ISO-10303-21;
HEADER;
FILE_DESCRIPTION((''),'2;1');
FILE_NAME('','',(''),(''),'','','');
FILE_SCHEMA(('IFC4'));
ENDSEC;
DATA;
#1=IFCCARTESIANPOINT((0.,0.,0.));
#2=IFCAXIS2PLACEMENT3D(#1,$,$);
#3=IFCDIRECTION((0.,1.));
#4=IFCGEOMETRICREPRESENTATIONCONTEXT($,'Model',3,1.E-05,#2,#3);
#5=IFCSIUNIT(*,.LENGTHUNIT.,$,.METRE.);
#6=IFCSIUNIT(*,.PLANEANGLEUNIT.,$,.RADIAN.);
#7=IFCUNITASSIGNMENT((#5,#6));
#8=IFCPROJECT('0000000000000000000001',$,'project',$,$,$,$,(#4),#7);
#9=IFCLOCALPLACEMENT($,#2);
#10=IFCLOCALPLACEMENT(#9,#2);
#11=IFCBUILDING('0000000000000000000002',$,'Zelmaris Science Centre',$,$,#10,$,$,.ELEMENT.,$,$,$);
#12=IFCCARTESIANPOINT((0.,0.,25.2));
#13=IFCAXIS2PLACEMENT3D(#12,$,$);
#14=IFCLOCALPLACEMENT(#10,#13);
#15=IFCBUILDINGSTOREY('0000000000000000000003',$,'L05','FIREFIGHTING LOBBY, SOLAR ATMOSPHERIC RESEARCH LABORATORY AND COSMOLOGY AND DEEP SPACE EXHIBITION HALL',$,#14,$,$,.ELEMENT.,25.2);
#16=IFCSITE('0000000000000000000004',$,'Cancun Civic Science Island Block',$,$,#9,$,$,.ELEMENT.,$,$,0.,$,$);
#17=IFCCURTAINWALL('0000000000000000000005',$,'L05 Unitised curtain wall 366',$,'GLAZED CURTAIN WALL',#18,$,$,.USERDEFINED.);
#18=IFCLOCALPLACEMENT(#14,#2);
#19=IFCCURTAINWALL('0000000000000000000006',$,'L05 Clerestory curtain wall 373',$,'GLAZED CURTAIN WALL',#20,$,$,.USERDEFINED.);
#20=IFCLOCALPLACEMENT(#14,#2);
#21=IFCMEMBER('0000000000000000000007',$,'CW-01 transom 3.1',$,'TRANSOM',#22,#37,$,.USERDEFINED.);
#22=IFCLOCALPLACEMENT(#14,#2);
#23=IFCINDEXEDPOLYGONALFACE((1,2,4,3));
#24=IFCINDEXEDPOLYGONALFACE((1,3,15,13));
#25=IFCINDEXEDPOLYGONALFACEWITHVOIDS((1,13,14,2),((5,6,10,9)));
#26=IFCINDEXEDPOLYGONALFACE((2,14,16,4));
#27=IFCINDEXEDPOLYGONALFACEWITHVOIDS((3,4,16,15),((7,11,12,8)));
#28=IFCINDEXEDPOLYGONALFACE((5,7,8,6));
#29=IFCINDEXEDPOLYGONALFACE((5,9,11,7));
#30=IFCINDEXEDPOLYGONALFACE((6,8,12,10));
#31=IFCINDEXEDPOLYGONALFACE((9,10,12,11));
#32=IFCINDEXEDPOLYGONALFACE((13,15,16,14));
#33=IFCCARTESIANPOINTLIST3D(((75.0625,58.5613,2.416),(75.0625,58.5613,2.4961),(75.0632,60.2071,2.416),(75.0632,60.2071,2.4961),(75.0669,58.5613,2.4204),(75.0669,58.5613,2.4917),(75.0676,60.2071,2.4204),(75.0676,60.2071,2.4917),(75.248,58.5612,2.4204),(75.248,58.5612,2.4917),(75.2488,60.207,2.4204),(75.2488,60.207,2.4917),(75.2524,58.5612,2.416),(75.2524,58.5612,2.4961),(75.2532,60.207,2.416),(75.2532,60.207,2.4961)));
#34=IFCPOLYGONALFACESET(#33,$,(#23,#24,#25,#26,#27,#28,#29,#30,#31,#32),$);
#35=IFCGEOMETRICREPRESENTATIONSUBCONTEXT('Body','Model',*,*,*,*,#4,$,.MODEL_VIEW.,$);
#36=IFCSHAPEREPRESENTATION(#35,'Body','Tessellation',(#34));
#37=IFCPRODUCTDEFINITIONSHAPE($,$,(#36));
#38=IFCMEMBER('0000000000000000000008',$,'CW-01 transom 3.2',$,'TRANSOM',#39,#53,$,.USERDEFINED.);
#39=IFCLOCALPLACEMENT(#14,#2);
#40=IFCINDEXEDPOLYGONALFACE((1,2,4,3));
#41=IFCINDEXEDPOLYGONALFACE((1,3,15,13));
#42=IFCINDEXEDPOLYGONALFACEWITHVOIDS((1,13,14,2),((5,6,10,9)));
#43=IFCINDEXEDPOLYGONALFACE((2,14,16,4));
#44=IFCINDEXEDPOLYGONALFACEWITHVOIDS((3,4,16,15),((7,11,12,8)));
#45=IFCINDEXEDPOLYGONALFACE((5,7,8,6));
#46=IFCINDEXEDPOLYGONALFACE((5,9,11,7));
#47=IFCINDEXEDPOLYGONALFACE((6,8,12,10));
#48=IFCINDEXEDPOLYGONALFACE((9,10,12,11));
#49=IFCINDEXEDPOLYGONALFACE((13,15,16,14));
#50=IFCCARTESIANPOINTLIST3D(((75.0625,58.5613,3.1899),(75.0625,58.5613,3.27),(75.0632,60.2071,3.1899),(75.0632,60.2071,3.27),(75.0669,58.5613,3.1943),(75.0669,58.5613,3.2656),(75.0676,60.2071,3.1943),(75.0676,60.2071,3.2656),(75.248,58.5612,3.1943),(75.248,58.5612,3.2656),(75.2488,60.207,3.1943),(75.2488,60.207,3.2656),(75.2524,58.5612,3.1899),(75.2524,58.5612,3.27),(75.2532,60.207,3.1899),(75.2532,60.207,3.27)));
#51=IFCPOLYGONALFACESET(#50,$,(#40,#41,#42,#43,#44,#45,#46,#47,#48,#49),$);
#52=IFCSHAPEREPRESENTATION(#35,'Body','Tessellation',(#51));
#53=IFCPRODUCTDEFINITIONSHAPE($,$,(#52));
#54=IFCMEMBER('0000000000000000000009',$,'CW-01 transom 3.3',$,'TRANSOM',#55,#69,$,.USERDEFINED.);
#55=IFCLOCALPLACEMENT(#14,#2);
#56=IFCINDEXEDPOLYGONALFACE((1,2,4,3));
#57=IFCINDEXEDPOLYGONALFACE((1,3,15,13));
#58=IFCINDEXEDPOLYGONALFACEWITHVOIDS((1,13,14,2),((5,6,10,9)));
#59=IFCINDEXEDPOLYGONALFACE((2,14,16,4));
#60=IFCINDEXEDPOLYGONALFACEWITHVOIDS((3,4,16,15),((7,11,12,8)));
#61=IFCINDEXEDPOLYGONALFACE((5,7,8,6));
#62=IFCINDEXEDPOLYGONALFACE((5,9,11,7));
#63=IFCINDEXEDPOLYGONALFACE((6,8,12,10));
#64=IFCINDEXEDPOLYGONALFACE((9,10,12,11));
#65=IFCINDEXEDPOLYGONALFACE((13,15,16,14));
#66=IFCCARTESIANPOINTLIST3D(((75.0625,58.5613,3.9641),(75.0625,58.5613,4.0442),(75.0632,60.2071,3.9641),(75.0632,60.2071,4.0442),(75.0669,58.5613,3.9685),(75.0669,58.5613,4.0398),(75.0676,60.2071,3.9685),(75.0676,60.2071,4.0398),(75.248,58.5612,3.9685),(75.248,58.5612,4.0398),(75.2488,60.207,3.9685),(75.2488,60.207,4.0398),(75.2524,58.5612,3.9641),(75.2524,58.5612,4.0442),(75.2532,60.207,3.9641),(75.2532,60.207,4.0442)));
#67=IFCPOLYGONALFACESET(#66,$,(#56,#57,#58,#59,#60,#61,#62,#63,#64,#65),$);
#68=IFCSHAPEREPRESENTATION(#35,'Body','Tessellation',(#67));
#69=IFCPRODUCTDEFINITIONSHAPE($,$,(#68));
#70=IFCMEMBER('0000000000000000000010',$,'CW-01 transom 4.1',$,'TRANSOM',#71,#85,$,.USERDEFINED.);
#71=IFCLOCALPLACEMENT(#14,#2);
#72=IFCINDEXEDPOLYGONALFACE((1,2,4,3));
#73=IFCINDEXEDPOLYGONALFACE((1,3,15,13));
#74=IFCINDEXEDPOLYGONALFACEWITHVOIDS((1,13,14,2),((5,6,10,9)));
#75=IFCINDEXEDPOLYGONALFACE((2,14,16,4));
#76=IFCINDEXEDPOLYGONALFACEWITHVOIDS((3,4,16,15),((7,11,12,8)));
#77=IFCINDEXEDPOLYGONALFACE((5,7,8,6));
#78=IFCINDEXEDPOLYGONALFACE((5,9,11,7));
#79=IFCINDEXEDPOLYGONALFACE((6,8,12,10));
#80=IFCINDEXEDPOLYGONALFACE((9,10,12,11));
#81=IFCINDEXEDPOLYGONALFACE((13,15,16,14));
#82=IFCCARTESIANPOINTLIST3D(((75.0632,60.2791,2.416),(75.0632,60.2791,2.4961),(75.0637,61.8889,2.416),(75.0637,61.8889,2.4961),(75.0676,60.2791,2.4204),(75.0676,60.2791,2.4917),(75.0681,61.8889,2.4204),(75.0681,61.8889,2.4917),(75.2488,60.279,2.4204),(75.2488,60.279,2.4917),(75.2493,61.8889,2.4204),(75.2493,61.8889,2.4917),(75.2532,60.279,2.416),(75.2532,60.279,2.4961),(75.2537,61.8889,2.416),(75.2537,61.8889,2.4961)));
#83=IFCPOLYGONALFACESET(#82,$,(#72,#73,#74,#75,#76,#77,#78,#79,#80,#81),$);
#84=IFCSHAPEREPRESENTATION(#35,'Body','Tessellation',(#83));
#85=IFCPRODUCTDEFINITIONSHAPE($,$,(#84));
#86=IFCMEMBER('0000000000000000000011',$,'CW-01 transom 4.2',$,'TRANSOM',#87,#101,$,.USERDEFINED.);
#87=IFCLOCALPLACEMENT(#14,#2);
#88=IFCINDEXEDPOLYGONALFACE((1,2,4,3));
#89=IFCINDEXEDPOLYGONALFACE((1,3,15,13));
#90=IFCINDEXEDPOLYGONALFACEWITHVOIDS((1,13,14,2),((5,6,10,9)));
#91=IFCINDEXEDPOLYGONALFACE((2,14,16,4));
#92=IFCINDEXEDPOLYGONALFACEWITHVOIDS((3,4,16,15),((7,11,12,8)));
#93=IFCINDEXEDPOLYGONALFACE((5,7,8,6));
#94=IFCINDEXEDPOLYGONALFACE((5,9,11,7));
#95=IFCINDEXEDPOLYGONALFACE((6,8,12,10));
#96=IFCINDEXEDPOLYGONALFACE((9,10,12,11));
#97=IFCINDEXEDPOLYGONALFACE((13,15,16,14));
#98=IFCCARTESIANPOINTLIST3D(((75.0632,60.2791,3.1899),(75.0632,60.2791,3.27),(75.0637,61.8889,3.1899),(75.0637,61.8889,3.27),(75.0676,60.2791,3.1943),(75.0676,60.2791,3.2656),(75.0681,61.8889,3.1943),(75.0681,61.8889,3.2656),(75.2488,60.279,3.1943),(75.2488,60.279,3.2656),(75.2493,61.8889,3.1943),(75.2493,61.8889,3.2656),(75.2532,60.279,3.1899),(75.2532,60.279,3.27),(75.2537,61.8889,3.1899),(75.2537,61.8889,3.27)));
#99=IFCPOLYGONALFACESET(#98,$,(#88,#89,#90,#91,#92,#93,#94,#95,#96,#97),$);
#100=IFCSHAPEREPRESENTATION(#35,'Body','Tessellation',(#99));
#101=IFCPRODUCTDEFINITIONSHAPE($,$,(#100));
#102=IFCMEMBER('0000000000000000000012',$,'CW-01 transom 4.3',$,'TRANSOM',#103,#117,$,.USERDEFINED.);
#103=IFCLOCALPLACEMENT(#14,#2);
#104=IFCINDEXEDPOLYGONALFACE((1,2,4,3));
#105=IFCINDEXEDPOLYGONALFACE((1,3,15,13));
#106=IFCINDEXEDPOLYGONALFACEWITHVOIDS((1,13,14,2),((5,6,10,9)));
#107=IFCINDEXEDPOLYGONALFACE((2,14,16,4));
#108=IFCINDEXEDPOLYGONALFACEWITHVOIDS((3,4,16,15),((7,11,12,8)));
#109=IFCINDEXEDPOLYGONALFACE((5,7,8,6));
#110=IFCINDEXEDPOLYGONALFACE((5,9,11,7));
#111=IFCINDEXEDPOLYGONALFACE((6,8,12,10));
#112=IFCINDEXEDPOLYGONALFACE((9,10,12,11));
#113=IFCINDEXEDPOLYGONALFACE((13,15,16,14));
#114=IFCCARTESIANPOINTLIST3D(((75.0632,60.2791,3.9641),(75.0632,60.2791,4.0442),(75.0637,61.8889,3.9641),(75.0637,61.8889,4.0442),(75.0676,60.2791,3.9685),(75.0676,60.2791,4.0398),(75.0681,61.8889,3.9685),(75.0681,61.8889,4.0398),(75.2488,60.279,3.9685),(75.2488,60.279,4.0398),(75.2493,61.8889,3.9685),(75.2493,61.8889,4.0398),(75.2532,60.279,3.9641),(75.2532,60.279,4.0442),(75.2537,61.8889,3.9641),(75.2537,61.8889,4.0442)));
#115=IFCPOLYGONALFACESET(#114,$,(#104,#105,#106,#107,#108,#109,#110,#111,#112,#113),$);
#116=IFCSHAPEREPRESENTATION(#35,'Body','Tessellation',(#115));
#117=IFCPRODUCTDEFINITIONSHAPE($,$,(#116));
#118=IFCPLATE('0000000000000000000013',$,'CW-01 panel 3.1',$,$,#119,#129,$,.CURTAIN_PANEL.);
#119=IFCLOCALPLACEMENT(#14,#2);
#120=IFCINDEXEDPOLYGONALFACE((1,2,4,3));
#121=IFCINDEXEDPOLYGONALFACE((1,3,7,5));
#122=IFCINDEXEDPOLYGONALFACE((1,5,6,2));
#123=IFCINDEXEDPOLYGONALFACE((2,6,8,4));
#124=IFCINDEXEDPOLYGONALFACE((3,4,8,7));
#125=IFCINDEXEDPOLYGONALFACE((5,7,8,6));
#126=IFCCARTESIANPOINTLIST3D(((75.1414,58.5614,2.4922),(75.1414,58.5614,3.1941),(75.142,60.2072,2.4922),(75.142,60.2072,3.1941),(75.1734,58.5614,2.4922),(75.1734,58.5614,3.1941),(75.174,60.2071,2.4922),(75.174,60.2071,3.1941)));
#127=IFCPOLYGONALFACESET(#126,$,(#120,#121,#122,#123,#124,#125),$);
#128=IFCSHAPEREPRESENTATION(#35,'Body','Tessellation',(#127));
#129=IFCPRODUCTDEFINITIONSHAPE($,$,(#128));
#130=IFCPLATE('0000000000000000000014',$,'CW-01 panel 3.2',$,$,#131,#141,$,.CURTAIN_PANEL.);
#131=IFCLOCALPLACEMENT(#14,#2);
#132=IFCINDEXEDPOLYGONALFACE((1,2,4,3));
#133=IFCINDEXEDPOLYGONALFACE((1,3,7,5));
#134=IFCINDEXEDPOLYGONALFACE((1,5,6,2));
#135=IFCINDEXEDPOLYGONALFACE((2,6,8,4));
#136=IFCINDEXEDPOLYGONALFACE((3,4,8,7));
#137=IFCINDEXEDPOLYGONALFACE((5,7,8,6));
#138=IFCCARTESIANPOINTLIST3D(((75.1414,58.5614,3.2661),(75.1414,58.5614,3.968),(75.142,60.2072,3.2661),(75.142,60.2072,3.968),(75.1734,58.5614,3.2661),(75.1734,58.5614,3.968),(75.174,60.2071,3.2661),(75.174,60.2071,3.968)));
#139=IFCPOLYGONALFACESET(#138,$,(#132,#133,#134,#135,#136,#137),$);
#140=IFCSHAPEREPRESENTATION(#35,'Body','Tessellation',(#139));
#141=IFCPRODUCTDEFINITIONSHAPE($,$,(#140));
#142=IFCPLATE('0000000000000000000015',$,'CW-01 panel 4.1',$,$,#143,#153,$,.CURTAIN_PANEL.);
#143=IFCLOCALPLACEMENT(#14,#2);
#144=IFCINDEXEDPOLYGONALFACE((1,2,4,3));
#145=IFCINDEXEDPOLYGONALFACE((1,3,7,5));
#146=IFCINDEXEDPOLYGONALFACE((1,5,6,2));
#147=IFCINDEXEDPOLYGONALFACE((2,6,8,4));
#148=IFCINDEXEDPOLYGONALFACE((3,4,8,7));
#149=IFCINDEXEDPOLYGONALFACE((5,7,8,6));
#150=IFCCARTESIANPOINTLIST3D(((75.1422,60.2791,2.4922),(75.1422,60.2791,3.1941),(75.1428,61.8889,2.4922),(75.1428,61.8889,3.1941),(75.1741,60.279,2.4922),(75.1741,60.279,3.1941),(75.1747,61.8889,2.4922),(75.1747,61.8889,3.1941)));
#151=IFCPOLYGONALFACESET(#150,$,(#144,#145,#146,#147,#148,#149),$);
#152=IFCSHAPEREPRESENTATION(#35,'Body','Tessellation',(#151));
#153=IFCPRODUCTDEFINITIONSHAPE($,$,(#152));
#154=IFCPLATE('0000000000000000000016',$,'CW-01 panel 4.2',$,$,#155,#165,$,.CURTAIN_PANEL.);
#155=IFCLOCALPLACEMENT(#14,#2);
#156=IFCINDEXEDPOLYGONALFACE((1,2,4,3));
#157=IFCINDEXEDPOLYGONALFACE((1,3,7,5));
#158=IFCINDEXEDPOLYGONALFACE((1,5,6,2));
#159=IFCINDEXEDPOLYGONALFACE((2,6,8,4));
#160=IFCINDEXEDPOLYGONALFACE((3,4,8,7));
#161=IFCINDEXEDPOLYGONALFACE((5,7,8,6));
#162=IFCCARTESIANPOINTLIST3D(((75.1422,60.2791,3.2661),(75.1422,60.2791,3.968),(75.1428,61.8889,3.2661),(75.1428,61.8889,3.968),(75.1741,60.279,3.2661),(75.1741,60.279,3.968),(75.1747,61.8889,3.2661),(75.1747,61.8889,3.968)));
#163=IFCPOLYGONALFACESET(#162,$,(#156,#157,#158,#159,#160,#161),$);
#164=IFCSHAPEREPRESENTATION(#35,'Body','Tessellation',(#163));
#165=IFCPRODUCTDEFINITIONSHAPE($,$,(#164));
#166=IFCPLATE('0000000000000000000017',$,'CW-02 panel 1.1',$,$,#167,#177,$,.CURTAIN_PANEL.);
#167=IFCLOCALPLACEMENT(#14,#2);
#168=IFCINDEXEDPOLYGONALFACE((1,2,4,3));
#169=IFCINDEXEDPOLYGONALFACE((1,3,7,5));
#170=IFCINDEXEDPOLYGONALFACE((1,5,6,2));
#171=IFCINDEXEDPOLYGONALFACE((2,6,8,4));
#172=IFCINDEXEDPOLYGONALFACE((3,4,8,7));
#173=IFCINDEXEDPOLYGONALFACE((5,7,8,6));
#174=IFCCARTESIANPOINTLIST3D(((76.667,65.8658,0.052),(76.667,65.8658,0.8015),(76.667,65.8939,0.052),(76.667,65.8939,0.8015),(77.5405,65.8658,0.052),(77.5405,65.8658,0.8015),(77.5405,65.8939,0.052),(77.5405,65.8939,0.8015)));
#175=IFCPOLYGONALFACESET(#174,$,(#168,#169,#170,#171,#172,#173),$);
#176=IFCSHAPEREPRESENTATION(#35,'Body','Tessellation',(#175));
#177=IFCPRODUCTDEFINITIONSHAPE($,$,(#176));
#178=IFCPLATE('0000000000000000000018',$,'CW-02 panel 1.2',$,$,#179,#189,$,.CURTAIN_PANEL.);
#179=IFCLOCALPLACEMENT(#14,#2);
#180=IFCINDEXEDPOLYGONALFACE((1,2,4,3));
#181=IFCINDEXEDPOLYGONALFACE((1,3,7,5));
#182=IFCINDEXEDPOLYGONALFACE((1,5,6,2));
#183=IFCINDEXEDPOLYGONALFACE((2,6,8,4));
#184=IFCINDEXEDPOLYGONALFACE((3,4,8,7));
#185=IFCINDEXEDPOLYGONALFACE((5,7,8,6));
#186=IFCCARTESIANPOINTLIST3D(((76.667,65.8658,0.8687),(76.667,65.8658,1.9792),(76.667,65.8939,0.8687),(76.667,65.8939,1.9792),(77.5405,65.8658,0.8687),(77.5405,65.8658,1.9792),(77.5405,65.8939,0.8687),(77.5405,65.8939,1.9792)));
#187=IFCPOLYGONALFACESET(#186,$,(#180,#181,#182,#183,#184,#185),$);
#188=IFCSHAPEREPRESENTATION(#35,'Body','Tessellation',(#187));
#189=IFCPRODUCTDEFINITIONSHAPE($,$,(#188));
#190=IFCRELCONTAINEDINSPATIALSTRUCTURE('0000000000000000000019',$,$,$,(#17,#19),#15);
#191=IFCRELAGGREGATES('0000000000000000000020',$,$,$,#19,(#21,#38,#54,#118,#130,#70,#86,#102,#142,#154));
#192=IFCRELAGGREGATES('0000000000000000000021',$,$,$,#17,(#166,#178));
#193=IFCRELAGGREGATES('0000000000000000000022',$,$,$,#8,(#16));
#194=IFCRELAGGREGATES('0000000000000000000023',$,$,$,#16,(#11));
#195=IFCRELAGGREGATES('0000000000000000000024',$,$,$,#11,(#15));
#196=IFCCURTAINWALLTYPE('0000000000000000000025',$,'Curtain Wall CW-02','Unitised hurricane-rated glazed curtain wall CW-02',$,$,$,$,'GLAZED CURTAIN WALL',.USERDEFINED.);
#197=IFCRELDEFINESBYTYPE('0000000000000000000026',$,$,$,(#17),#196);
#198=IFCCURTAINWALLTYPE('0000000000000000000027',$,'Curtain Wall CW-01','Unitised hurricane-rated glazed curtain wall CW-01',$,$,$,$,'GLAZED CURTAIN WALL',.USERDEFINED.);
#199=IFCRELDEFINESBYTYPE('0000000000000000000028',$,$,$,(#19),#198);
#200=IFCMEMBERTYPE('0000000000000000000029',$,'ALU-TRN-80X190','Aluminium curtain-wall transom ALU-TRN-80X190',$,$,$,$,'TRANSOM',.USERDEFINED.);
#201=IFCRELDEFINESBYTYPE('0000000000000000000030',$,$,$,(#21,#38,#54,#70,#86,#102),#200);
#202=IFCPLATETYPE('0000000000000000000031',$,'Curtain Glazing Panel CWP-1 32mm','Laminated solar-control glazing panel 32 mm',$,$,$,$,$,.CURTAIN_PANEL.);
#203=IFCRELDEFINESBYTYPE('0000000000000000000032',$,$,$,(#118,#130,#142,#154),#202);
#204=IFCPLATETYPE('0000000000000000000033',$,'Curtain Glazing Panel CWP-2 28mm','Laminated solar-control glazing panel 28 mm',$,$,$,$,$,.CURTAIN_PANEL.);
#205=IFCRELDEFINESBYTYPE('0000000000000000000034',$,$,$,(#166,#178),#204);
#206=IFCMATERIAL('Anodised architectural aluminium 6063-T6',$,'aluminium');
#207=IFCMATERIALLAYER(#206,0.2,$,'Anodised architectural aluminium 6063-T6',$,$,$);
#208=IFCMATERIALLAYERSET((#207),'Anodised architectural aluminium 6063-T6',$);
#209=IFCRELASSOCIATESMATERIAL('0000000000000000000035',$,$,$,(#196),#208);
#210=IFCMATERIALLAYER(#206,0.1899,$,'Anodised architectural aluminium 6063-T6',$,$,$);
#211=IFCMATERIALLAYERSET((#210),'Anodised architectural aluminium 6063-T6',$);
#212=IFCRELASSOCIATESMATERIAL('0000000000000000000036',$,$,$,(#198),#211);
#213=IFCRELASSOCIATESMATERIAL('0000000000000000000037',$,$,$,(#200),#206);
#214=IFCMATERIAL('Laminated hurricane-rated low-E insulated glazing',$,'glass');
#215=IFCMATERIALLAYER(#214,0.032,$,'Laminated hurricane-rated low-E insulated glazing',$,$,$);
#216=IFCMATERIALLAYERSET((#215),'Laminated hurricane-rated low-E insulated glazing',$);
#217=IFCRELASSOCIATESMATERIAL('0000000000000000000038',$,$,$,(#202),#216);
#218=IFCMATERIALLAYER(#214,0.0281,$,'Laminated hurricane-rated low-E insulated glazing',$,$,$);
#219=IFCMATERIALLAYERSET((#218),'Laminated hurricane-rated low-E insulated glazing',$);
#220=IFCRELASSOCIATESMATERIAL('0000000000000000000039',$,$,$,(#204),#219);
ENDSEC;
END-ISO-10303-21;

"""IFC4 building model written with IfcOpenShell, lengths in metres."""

from ifc_helpers import new_model, si_unit, direction, frame, origin, origin_2d, place, context, subcontext, project, spatial, rectangle, hollow_rectangle, extrude, material, layer, layer_set, material_profile, profile_set, type_object, element, aggregate, save


model = new_model("IFC4")

# Units and contexts
model_context = context("Model", 3, precision=1e-05, world=origin(), true_north=direction((0.0, 1.0)))
body_context = subcontext(model_context, "Body", "Model", "MODEL_VIEW")
ifc_project = project(units=[si_unit("LENGTHUNIT", "METRE"), si_unit("PLANEANGLEUNIT", "RADIAN")], contexts=[model_context])

# Site, building, storey
site_placement = place(None, origin())
site = spatial("IfcSite", under=ifc_project, at=site_placement, Name="Cancun Civic Science Island Block", CompositionType="ELEMENT", RefElevation=0.0)
building_placement = place(site_placement, origin())
building = spatial("IfcBuilding", under=site, at=building_placement, Name="Zelmaris Science Centre", CompositionType="ELEMENT")
storey_placement = place(building_placement, frame((0.0, 0.0, 25.2)))
storey = spatial("IfcBuildingStorey", under=building, at=storey_placement, Name="L05", Description="FIREFIGHTING LOBBY, SOLAR ATMOSPHERIC RESEARCH LABORATORY AND COSMOLOGY AND DEEP SPACE EXHIBITION HALL", CompositionType="ELEMENT", Elevation=25.2)

# Curtain walls
ifc_material_1 = material(Name="Anodised architectural aluminium 6063-T6", Category="aluminium")
ifc_layer_1 = layer(ifc_material_1, 0.2, Name="Anodised architectural aluminium 6063-T6")
ifc_layer_set_1 = layer_set([ifc_layer_1], Name="Anodised architectural aluminium 6063-T6")
curtain_wall_type_1 = type_object("IfcCurtainWallType", Name="Curtain Wall CW-02", Description="Unitised hurricane-rated glazed curtain wall CW-02", ElementType="GLAZED CURTAIN WALL", PredefinedType="USERDEFINED", material=ifc_layer_set_1)
curtain_wall_1_placement = place(storey_placement, origin())
curtain_wall_1 = element("IfcCurtainWall", 1, at=curtain_wall_1_placement, inside=storey, type_object=curtain_wall_type_1, Name="L05 Unitised curtain wall 366", ObjectType="GLAZED CURTAIN WALL", PredefinedType="USERDEFINED")
ifc_layer_2 = layer(ifc_material_1, 0.1899, Name="Anodised architectural aluminium 6063-T6")
ifc_layer_set_2 = layer_set([ifc_layer_2], Name="Anodised architectural aluminium 6063-T6")
curtain_wall_type_2 = type_object("IfcCurtainWallType", Name="Curtain Wall CW-01", Description="Unitised hurricane-rated glazed curtain wall CW-01", ElementType="GLAZED CURTAIN WALL", PredefinedType="USERDEFINED", material=ifc_layer_set_2)
curtain_wall_2_placement = place(storey_placement, origin())
curtain_wall_2 = element("IfcCurtainWall", 2, at=curtain_wall_2_placement, inside=storey, type_object=curtain_wall_type_2, Name="L05 Clerestory curtain wall 373", ObjectType="GLAZED CURTAIN WALL", PredefinedType="USERDEFINED")

# Members
ifc_material_profile_1 = material_profile(ifc_material_1, hollow_rectangle(XDim=0.0801, YDim=0.1899, WallThickness=0.0044, at=origin_2d()), Name="ALU-TRN-80X190")
ifc_profile_set_1 = profile_set([ifc_material_profile_1], Name="Anodised architectural aluminium 6063-T6")
member_type_1 = type_object("IfcMemberType", Name="ALU-TRN-80X190", Description="Aluminium curtain-wall transom ALU-TRN-80X190", ElementType="TRANSOM", PredefinedType="USERDEFINED", material=ifc_profile_set_1)
member_1_placement = place(storey_placement, frame((75.1575, 58.5613, 2.4561), z_axis=(0.000445, 1.0, 0.0), x_axis=(0.0, 0.0, 1.0)))
member_1 = element("IfcMember", 3, at=member_1_placement, type_object=member_type_1, Name="CW-01 transom 3.1", ObjectType="TRANSOM", PredefinedType="USERDEFINED", context=body_context, shape_type="SweptSolid", body=[
    extrude(hollow_rectangle(XDim=0.0801, YDim=0.1899, WallThickness=0.0044, at=origin_2d()), origin(), (0.0, 0.0, 1.0), 1.6458),
])
member_2_placement = place(storey_placement, frame((75.1575, 58.5613, 3.23), z_axis=(0.000445, 1.0, 0.0), x_axis=(0.0, 0.0, 1.0)))
member_2 = element("IfcMember", 4, at=member_2_placement, type_object=member_type_1, Name="CW-01 transom 3.2", ObjectType="TRANSOM", PredefinedType="USERDEFINED", context=body_context, shape_type="SweptSolid", body=[
    extrude(hollow_rectangle(XDim=0.0801, YDim=0.1899, WallThickness=0.0044, at=origin_2d()), origin(), (0.0, 0.0, 1.0), 1.6458),
])
member_3_placement = place(storey_placement, frame((75.1575, 58.5613, 4.0042), z_axis=(0.000445, 1.0, 0.0), x_axis=(0.0, 0.0, 1.0)))
member_3 = element("IfcMember", 5, at=member_3_placement, type_object=member_type_1, Name="CW-01 transom 3.3", ObjectType="TRANSOM", PredefinedType="USERDEFINED", context=body_context, shape_type="SweptSolid", body=[
    extrude(hollow_rectangle(XDim=0.0801, YDim=0.1899, WallThickness=0.0044, at=origin_2d()), origin(), (0.0, 0.0, 1.0), 1.6458),
])
member_4_placement = place(storey_placement, frame((75.1582, 60.2791, 2.4561), z_axis=(0.000303, 1.0, 0.0), x_axis=(0.0, 0.0, 1.0)))
member_4 = element("IfcMember", 6, at=member_4_placement, type_object=member_type_1, Name="CW-01 transom 4.1", ObjectType="TRANSOM", PredefinedType="USERDEFINED", context=body_context, shape_type="SweptSolid", body=[
    extrude(hollow_rectangle(XDim=0.0801, YDim=0.1899, WallThickness=0.0044, at=origin_2d()), origin(), (0.0, 0.0, 1.0), 1.6099),
])
member_5_placement = place(storey_placement, frame((75.1582, 60.2791, 3.23), z_axis=(0.000303, 1.0, 0.0), x_axis=(0.0, 0.0, 1.0)))
member_5 = element("IfcMember", 7, at=member_5_placement, type_object=member_type_1, Name="CW-01 transom 4.2", ObjectType="TRANSOM", PredefinedType="USERDEFINED", context=body_context, shape_type="SweptSolid", body=[
    extrude(hollow_rectangle(XDim=0.0801, YDim=0.1899, WallThickness=0.0044, at=origin_2d()), origin(), (0.0, 0.0, 1.0), 1.6099),
])
member_6_placement = place(storey_placement, frame((75.1582, 60.2791, 4.0042), z_axis=(0.000303, 1.0, 0.0), x_axis=(0.0, 0.0, 1.0)))
member_6 = element("IfcMember", 8, at=member_6_placement, type_object=member_type_1, Name="CW-01 transom 4.3", ObjectType="TRANSOM", PredefinedType="USERDEFINED", context=body_context, shape_type="SweptSolid", body=[
    extrude(hollow_rectangle(XDim=0.0801, YDim=0.1899, WallThickness=0.0044, at=origin_2d()), origin(), (0.0, 0.0, 1.0), 1.6099),
])

# Plates
ifc_material_2 = material(Name="Laminated hurricane-rated low-E insulated glazing", Category="glass")
ifc_layer_3 = layer(ifc_material_2, 0.032, Name="Laminated hurricane-rated low-E insulated glazing")
ifc_layer_set_3 = layer_set([ifc_layer_3], Name="Laminated hurricane-rated low-E insulated glazing")
plate_type_1 = type_object("IfcPlateType", Name="Curtain Glazing Panel CWP-1 32mm", Description="Laminated solar-control glazing panel 32 mm", PredefinedType="CURTAIN_PANEL", material=ifc_layer_set_3)
plate_1_placement = place(storey_placement, frame((75.1577, 59.3843, 2.4922), z_axis=(0.0, 0.0, 1.0), x_axis=(0.000379, 1.0, 0.0)))
plate_1 = element("IfcPlate", 9, at=plate_1_placement, type_object=plate_type_1, Name="CW-01 panel 3.1", PredefinedType="CURTAIN_PANEL", context=body_context, shape_type="SweptSolid", body=[
    extrude(rectangle(XDim=1.6458, YDim=0.032, at=origin_2d()), origin(), (0.0, 0.0, 1.0), 0.7019),
])
plate_2_placement = place(storey_placement, frame((75.1577, 59.3843, 3.2661), z_axis=(0.0, 0.0, 1.0), x_axis=(0.000379, 1.0, 0.0)))
plate_2 = element("IfcPlate", 10, at=plate_2_placement, type_object=plate_type_1, Name="CW-01 panel 3.2", PredefinedType="CURTAIN_PANEL", context=body_context, shape_type="SweptSolid", body=[
    extrude(rectangle(XDim=1.6458, YDim=0.032, at=origin_2d()), origin(), (0.0, 0.0, 1.0), 0.7019),
])
plate_3_placement = place(storey_placement, frame((75.1584, 61.084, 2.4922), z_axis=(0.0, 0.0, 1.0), x_axis=(0.000379, 1.0, 0.0)))
plate_3 = element("IfcPlate", 11, at=plate_3_placement, type_object=plate_type_1, Name="CW-01 panel 4.1", PredefinedType="CURTAIN_PANEL", context=body_context, shape_type="SweptSolid", body=[
    extrude(rectangle(XDim=1.6099, YDim=0.032, at=origin_2d()), origin(), (0.0, 0.0, 1.0), 0.7019),
])
plate_4_placement = place(storey_placement, frame((75.1584, 61.084, 3.2661), z_axis=(0.0, 0.0, 1.0), x_axis=(0.000379, 1.0, 0.0)))
plate_4 = element("IfcPlate", 12, at=plate_4_placement, type_object=plate_type_1, Name="CW-01 panel 4.2", PredefinedType="CURTAIN_PANEL", context=body_context, shape_type="SweptSolid", body=[
    extrude(rectangle(XDim=1.6099, YDim=0.032, at=origin_2d()), origin(), (0.0, 0.0, 1.0), 0.7019),
])
aggregate(curtain_wall_2, [member_1, member_2, member_3, plate_1, plate_2, member_4, member_5, member_6, plate_3, plate_4])
ifc_layer_4 = layer(ifc_material_2, 0.0281, Name="Laminated hurricane-rated low-E insulated glazing")
ifc_layer_set_4 = layer_set([ifc_layer_4], Name="Laminated hurricane-rated low-E insulated glazing")
plate_type_2 = type_object("IfcPlateType", Name="Curtain Glazing Panel CWP-2 28mm", Description="Laminated solar-control glazing panel 28 mm", PredefinedType="CURTAIN_PANEL", material=ifc_layer_set_4)
plate_5_placement = place(storey_placement, frame((77.1038, 65.8799, 0.052), z_axis=(0.0, 0.0, 1.0), x_axis=(1.0, 0.0, 0.0)))
plate_5 = element("IfcPlate", 13, at=plate_5_placement, type_object=plate_type_2, Name="CW-02 panel 1.1", PredefinedType="CURTAIN_PANEL", context=body_context, shape_type="SweptSolid", body=[
    extrude(rectangle(XDim=0.8735, YDim=0.0281, at=origin_2d()), origin(), (0.0, 0.0, 1.0), 0.7495),
])
plate_6_placement = place(storey_placement, frame((77.1038, 65.8799, 0.8687), z_axis=(0.0, 0.0, 1.0), x_axis=(1.0, 0.0, 0.0)))
plate_6 = element("IfcPlate", 14, at=plate_6_placement, type_object=plate_type_2, Name="CW-02 panel 1.2", PredefinedType="CURTAIN_PANEL", context=body_context, shape_type="SweptSolid", body=[
    extrude(rectangle(XDim=0.8735, YDim=0.0281, at=origin_2d()), origin(), (0.0, 0.0, 1.0), 1.1106),
])
aggregate(curtain_wall_1, [plate_5, plate_6])

save(model, "model.ifc")
